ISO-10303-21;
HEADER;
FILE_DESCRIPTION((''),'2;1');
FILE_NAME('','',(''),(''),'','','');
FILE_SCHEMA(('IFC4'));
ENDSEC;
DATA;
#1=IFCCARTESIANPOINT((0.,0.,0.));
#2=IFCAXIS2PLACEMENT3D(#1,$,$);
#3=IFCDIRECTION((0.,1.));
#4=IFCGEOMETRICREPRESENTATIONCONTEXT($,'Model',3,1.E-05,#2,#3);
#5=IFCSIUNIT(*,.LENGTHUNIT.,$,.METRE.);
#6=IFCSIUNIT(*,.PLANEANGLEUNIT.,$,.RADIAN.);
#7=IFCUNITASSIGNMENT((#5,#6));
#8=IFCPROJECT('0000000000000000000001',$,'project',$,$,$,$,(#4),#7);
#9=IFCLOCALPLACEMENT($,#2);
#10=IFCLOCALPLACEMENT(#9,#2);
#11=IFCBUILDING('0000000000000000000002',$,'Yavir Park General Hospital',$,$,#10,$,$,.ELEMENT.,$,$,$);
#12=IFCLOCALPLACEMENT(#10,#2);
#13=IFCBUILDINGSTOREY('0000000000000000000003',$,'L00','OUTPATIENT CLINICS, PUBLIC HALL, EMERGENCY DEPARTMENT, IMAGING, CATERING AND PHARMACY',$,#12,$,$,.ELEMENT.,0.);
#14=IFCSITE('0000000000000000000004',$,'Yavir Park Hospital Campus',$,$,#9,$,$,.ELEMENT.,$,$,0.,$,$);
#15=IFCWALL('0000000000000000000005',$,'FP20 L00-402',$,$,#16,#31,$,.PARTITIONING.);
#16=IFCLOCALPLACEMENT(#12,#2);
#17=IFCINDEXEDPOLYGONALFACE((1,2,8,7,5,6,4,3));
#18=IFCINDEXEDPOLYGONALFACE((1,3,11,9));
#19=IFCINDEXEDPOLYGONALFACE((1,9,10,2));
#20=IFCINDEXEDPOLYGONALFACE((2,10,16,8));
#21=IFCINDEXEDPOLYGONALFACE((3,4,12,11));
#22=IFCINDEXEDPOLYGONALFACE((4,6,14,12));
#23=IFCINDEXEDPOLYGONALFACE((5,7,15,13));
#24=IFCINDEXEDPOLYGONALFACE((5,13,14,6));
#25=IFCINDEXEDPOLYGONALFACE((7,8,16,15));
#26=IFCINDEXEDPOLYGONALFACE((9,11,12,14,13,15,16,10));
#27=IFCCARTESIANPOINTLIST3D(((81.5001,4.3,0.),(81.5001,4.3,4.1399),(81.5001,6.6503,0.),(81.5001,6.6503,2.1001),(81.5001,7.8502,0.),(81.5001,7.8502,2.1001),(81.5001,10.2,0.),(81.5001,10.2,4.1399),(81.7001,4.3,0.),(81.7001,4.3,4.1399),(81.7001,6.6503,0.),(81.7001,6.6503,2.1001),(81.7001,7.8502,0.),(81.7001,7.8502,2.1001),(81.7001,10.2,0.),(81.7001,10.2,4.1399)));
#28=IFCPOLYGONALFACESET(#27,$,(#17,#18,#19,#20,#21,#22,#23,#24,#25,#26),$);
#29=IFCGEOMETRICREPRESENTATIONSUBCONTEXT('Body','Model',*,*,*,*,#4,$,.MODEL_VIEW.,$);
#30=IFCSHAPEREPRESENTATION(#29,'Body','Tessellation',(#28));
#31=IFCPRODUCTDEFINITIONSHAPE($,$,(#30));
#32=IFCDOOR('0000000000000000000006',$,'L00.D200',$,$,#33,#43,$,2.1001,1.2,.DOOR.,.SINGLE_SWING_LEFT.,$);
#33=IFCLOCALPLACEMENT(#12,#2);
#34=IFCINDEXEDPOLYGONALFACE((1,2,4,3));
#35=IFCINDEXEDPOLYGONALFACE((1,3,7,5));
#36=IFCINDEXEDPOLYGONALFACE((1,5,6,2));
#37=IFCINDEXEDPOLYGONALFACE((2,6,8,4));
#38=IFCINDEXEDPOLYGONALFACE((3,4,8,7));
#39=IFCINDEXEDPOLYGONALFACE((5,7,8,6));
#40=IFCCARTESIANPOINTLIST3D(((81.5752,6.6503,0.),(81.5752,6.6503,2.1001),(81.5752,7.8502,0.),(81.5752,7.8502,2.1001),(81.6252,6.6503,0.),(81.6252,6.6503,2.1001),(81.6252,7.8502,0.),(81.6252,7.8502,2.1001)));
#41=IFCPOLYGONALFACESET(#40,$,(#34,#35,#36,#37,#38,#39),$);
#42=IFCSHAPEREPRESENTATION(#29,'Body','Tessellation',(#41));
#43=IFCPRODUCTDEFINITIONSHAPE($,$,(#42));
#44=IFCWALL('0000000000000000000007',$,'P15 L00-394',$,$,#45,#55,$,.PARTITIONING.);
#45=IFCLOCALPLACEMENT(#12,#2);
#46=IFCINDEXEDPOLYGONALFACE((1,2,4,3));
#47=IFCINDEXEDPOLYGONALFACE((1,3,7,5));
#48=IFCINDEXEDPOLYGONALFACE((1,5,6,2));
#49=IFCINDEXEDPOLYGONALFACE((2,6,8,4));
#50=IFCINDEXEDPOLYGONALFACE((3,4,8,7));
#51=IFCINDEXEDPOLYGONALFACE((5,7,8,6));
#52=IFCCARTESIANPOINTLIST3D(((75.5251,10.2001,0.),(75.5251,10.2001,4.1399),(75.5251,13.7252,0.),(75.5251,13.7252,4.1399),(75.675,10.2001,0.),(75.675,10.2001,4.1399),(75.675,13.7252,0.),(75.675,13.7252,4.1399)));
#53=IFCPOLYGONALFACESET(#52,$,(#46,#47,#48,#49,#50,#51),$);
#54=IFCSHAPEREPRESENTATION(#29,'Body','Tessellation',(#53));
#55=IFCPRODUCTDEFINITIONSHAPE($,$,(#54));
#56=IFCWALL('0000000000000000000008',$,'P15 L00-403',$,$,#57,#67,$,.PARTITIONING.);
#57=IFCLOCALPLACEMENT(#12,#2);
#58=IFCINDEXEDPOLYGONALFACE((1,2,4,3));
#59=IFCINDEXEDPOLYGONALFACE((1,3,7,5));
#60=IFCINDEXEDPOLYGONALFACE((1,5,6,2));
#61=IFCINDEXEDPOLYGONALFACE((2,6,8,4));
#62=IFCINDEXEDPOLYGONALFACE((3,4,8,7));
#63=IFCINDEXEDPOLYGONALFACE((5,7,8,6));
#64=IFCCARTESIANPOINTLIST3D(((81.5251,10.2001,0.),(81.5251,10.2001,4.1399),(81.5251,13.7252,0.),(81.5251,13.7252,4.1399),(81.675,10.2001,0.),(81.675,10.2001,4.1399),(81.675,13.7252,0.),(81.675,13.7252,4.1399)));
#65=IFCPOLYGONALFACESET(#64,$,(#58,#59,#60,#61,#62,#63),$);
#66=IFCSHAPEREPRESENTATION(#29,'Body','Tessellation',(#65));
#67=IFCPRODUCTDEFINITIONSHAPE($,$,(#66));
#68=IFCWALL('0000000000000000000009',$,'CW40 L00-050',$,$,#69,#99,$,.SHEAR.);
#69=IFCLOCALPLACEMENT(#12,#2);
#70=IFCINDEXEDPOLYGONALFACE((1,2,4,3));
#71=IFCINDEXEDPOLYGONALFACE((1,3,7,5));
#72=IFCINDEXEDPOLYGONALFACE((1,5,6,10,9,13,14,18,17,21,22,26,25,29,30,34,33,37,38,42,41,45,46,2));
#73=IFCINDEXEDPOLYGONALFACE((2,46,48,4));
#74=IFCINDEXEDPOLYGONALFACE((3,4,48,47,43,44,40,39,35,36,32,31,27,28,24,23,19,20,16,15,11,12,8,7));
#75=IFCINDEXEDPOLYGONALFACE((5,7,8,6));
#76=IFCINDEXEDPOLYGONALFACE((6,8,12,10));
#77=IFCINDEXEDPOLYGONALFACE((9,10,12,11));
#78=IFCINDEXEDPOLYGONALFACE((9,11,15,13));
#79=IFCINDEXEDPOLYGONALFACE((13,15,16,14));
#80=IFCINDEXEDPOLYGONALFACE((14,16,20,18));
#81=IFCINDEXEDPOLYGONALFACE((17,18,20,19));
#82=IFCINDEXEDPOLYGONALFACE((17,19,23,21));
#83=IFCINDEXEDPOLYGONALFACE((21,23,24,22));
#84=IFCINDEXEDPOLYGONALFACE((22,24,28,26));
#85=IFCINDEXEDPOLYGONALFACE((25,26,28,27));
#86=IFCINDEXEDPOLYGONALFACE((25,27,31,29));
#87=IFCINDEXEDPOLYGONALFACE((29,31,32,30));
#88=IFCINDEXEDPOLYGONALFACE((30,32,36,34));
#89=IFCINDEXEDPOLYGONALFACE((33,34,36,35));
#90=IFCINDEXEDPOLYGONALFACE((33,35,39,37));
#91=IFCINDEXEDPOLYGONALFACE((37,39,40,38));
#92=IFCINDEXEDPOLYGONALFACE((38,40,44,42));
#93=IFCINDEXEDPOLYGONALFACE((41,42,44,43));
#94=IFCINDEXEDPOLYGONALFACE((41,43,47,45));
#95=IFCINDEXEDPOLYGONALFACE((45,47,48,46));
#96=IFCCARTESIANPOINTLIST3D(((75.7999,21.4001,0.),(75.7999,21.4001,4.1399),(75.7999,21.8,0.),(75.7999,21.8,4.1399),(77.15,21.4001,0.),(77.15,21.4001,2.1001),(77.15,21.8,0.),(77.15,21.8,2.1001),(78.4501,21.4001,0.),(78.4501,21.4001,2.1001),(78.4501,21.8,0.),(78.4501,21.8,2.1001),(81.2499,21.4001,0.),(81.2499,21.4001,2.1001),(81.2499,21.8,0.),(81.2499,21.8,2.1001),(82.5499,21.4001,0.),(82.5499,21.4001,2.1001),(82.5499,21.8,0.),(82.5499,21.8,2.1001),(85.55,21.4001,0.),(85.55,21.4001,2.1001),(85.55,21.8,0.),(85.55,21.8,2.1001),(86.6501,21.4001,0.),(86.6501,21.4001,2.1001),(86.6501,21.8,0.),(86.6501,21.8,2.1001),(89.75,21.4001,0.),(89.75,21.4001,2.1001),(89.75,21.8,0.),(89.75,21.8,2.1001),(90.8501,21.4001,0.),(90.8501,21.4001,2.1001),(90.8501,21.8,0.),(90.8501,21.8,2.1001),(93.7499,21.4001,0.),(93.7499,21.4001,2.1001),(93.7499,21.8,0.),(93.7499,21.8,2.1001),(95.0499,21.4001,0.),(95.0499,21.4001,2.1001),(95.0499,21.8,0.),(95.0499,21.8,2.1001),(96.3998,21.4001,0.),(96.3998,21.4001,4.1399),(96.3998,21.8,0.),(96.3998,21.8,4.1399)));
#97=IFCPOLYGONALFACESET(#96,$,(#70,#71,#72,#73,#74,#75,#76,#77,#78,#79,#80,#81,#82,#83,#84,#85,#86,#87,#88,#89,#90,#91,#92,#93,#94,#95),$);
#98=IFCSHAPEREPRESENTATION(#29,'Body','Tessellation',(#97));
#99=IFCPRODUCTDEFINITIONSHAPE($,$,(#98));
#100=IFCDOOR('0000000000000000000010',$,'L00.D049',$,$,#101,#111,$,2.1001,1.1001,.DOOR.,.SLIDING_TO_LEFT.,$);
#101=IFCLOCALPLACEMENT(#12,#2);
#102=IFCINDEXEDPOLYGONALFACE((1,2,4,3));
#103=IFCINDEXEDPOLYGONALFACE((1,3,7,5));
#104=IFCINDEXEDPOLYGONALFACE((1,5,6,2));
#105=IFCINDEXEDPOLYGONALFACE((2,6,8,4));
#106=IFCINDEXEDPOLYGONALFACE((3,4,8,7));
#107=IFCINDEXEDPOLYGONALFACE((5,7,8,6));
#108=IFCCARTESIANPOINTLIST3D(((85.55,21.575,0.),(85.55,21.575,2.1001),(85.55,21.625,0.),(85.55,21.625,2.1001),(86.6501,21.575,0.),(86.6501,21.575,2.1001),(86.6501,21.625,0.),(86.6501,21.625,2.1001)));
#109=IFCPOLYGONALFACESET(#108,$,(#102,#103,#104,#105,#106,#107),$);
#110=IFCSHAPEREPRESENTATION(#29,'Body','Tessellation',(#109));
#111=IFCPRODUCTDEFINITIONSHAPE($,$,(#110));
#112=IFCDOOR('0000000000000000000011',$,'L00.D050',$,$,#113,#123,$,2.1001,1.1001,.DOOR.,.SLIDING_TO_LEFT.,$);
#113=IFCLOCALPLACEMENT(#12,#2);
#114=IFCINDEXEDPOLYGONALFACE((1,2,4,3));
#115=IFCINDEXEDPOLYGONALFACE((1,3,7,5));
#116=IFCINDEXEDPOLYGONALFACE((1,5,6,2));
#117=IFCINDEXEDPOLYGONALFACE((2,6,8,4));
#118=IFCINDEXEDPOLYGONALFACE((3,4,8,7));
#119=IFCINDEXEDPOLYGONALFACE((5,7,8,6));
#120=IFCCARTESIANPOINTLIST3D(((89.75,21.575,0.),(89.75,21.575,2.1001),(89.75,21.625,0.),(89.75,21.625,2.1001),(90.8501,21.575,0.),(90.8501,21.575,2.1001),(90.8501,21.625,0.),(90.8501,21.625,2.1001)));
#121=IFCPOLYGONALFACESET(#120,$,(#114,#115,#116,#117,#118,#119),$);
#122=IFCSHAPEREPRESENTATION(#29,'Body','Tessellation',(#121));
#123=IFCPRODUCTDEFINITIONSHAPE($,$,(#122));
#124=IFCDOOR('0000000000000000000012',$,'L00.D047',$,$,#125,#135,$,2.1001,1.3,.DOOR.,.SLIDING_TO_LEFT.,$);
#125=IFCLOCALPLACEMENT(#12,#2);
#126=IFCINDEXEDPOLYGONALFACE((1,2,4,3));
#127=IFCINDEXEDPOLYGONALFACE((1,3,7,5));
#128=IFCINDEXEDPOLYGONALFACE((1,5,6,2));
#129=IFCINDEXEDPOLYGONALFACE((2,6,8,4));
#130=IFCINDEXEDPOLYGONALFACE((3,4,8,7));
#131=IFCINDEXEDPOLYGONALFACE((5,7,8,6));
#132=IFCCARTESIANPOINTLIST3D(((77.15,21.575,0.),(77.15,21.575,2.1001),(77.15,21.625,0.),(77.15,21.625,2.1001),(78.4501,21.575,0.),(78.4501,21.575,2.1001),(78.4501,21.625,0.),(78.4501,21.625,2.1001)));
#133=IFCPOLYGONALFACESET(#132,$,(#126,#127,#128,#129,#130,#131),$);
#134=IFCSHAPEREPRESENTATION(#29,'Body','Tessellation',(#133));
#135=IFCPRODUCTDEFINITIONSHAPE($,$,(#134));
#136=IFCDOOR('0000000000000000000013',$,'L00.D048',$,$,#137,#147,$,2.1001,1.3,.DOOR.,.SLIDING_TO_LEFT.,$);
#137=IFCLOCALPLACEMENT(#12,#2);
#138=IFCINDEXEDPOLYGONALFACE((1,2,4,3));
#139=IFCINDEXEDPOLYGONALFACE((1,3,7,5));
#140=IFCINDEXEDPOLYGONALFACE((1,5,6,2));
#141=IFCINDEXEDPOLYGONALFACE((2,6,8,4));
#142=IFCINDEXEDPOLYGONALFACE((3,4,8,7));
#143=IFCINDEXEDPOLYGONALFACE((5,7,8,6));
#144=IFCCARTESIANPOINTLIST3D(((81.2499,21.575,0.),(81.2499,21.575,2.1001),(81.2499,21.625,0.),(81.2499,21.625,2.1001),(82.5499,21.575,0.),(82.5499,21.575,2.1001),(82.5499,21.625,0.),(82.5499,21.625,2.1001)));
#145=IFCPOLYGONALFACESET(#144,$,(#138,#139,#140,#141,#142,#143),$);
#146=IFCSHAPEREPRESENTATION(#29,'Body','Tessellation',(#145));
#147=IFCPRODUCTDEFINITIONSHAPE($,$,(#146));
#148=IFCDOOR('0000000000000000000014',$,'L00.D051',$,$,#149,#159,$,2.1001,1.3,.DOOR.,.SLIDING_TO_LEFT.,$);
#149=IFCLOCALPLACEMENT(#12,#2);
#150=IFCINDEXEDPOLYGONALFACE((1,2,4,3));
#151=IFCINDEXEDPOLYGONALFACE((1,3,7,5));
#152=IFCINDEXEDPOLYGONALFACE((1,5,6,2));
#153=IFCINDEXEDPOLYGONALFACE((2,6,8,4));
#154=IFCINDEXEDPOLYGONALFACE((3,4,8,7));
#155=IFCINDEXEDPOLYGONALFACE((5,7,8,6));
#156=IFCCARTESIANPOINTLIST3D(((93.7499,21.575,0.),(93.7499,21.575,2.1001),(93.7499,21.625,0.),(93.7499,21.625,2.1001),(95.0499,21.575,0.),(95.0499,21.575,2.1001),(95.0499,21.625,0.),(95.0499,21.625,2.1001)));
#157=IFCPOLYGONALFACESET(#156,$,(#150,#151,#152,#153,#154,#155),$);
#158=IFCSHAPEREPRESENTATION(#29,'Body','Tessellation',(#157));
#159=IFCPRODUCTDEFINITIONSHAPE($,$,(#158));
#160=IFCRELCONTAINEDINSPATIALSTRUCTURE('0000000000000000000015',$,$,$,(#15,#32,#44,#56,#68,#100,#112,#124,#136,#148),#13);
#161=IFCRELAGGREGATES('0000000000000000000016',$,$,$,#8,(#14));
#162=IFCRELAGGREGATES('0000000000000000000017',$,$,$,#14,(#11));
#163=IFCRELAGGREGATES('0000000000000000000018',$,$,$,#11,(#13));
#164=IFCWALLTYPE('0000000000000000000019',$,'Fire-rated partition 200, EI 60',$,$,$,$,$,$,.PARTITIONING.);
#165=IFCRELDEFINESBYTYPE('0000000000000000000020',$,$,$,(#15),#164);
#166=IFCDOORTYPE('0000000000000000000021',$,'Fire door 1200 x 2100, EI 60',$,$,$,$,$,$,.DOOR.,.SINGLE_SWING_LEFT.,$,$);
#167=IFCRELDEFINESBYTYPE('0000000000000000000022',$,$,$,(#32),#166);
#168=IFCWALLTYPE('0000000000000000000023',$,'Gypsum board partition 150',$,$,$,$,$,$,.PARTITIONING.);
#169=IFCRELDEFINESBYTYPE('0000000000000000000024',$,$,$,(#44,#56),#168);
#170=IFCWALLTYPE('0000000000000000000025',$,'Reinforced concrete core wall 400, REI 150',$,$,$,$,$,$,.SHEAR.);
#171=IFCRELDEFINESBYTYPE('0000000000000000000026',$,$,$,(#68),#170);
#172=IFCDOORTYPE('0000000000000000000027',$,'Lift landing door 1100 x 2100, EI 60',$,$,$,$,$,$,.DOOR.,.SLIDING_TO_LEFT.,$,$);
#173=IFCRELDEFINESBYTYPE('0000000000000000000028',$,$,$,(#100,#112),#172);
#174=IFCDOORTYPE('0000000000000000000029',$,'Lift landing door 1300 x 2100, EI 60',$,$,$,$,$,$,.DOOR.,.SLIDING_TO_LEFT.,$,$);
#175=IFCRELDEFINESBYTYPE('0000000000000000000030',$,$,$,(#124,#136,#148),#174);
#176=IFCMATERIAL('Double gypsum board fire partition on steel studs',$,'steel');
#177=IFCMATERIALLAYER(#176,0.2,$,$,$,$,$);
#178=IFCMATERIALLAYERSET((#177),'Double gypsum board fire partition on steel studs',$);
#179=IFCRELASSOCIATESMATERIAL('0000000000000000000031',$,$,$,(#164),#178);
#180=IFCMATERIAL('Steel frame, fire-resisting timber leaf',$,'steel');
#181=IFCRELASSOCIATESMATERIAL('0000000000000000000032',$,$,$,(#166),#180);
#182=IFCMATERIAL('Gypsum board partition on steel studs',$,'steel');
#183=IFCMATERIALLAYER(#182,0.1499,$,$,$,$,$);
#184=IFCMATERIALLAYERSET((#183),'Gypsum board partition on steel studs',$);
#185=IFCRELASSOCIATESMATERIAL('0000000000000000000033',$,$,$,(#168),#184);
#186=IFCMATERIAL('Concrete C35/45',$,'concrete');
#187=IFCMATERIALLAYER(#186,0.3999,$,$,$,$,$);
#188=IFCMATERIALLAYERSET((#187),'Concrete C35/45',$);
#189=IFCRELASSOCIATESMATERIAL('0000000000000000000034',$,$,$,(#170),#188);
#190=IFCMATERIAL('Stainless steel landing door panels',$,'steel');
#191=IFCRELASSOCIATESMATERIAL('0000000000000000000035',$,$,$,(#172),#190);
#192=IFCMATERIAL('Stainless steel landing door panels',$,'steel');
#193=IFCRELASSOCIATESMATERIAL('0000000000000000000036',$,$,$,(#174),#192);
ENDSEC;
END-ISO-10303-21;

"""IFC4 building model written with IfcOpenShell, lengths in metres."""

from ifc_helpers import new_model, si_unit, direction, frame, frame_2d, origin, place, context, subcontext, project, spatial, rectangle, extrude, material, layer, layer_set, type_object, element, fill, save


model = new_model("IFC4")

# Units and contexts
model_context = context("Model", 3, precision=1e-05, world=origin(), true_north=direction((0.0, 1.0)))
body_context = subcontext(model_context, "Body", "Model", "MODEL_VIEW")
ifc_project = project(units=[si_unit("LENGTHUNIT", "METRE"), si_unit("PLANEANGLEUNIT", "RADIAN")], contexts=[model_context])

# Site, building, storey
site_placement = place(None, origin())
site = spatial("IfcSite", under=ifc_project, at=site_placement, Name="Yavir Park Hospital Campus", CompositionType="ELEMENT", RefElevation=0.0)
building_placement = place(site_placement, origin())
building = spatial("IfcBuilding", under=site, at=building_placement, Name="Yavir Park General Hospital", CompositionType="ELEMENT")
storey_placement = place(building_placement, origin())
storey = spatial("IfcBuildingStorey", under=building, at=storey_placement, Name="L00", Description="OUTPATIENT CLINICS, PUBLIC HALL, EMERGENCY DEPARTMENT, IMAGING, CATERING AND PHARMACY", CompositionType="ELEMENT", Elevation=0.0)

# Shared definitions
ifc_material_1 = material(Name="Double gypsum board fire partition on steel studs", Category="steel")
ifc_layer_1 = layer(ifc_material_1, 0.2)
ifc_layer_set_1 = layer_set([ifc_layer_1], Name="Double gypsum board fire partition on steel studs")
wall_type_1 = type_object("IfcWallType", Name="Fire-rated partition 200, EI 60", PredefinedType="PARTITIONING", material=ifc_layer_set_1)

# Shared definitions
ifc_material_2 = material(Name="Steel frame, fire-resisting timber leaf", Category="steel")
door_type_1 = type_object("IfcDoorType", Name="Fire door 1200 x 2100, EI 60", OperationType="SINGLE_SWING_LEFT", PredefinedType="DOOR", material=ifc_material_2)

# Wall, opening, door
wall_1_placement = place(storey_placement, frame((81.6001, 4.3, 0.0), z_axis=(0.0, 0.0, 1.0), x_axis=(0.0, 1.0, 0.0)))
wall_1 = element("IfcWall", 1, at=wall_1_placement, inside=storey, type_object=wall_type_1, Name="FP20 L00-402", PredefinedType="PARTITIONING", context=body_context, shape_type="SweptSolid", body=[
    extrude(rectangle(XDim=5.8999, YDim=0.2, at=frame_2d((2.95, 0.0))), origin(), (0.0, 0.0, 1.0), 4.1399),
])
opening_1_placement = place(wall_1_placement, frame((2.3501, 0.0, 0.0)))
opening_1 = element("IfcOpeningElement", 2, at=opening_1_placement, cuts=wall_1, PredefinedType="OPENING", context=body_context, shape_type="SweptSolid", body=[
    extrude(rectangle(XDim=1.2, YDim=2.1001, at=frame_2d((0.6001, 1.05))), frame((0.0, 0.1099, 0.0), z_axis=(0.0, -1.0, 0.0), x_axis=(1.0, 0.0, 0.0)), (0.0, 0.0, 1.0), 0.22),
])
door_1_placement = place(opening_1_placement, origin())
door_1 = element("IfcDoor", 3, at=door_1_placement, inside=storey, type_object=door_type_1, Name="L00.D200", OperationType="SINGLE_SWING_LEFT", OverallHeight=2.1001, OverallWidth=1.2, PredefinedType="DOOR", context=body_context, shape_type="SweptSolid", body=[
    extrude(rectangle(XDim=1.2, YDim=2.1001, at=frame_2d((0.6001, 1.05))), frame((0.0, 0.0249, 0.0), z_axis=(0.0, -1.0, 0.0), x_axis=(1.0, 0.0, 0.0)), (0.0, 0.0, 1.0), 0.05),
])
fill(opening_1, door_1)

# Shared definitions
ifc_material_3 = material(Name="Gypsum board partition on steel studs", Category="steel")
ifc_layer_2 = layer(ifc_material_3, 0.1499)
ifc_layer_set_2 = layer_set([ifc_layer_2], Name="Gypsum board partition on steel studs")
wall_type_2 = type_object("IfcWallType", Name="Gypsum board partition 150", PredefinedType="PARTITIONING", material=ifc_layer_set_2)

# Walls
for number, where, z_axis, x_axis, name in (
    (4, (75.6001, 10.2, 0.0), (0.0, 0.0, 1.0), (0.0, 1.0, 0.0), "P15 L00-394"),
    (5, (81.6001, 10.2, 0.0), (0.0, 0.0, 1.0), (0.0, 1.0, 0.0), "P15 L00-403"),
):
    element("IfcWall", number, at=place(storey_placement, frame(where, z_axis=z_axis, x_axis=x_axis)), inside=storey, type_object=wall_type_2, Name=name, PredefinedType="PARTITIONING", context=body_context, shape_type="SweptSolid", body=[
        extrude(rectangle(XDim=3.5251, YDim=0.1499, at=frame_2d((1.7627, 0.0))), origin(), (0.0, 0.0, 1.0), 4.1399),
    ])

# Wall, openings, doors
ifc_material_4 = material(Name="Concrete C35/45", Category="concrete")
ifc_layer_3 = layer(ifc_material_4, 0.3999)
ifc_layer_set_3 = layer_set([ifc_layer_3], Name="Concrete C35/45")
wall_type_3 = type_object("IfcWallType", Name="Reinforced concrete core wall 400, REI 150", PredefinedType="SHEAR", material=ifc_layer_set_3)
wall_2_placement = place(storey_placement, frame((75.8, 21.6001, 0.0), z_axis=(0.0, 0.0, 1.0), x_axis=(1.0, 0.0, 0.0)))
wall_2 = element("IfcWall", 6, at=wall_2_placement, inside=storey, type_object=wall_type_3, Name="CW40 L00-050", PredefinedType="SHEAR", context=body_context, shape_type="SweptSolid", body=[
    extrude(rectangle(XDim=20.5999, YDim=0.3999, at=frame_2d((10.2998, 0.0))), origin(), (0.0, 0.0, 1.0), 4.1399),
])
opening_2_placement = place(wall_2_placement, frame((1.3501, 0.0, 0.0)))
opening_2 = element("IfcOpeningElement", 7, at=opening_2_placement, cuts=wall_2, PredefinedType="OPENING", context=body_context, shape_type="SweptSolid", body=[
    extrude(rectangle(XDim=1.3, YDim=2.1001, at=frame_2d((0.6499, 1.05))), frame((0.0, 0.21, 0.0), z_axis=(0.0, -1.0, 0.0), x_axis=(1.0, 0.0, 0.0)), (0.0, 0.0, 1.0), 0.4199),
])
opening_3_placement = place(wall_2_placement, frame((5.45, 0.0, 0.0)))
opening_3 = element("IfcOpeningElement", 8, at=opening_3_placement, cuts=wall_2, PredefinedType="OPENING", context=body_context, shape_type="SweptSolid", body=[
    extrude(rectangle(XDim=1.3, YDim=2.1001, at=frame_2d((0.6499, 1.05))), frame((0.0, 0.21, 0.0), z_axis=(0.0, -1.0, 0.0), x_axis=(1.0, 0.0, 0.0)), (0.0, 0.0, 1.0), 0.4199),
])
opening_4_placement = place(wall_2_placement, frame((9.75, 0.0, 0.0)))
opening_4 = element("IfcOpeningElement", 9, at=opening_4_placement, cuts=wall_2, PredefinedType="OPENING", context=body_context, shape_type="SweptSolid", body=[
    extrude(rectangle(XDim=1.1001, YDim=2.1001, at=frame_2d((0.55, 1.05))), frame((0.0, 0.21, 0.0), z_axis=(0.0, -1.0, 0.0), x_axis=(1.0, 0.0, 0.0)), (0.0, 0.0, 1.0), 0.4199),
])
opening_5_placement = place(wall_2_placement, frame((13.95, 0.0, 0.0)))
opening_5 = element("IfcOpeningElement", 10, at=opening_5_placement, cuts=wall_2, PredefinedType="OPENING", context=body_context, shape_type="SweptSolid", body=[
    extrude(rectangle(XDim=1.1001, YDim=2.1001, at=frame_2d((0.55, 1.05))), frame((0.0, 0.21, 0.0), z_axis=(0.0, -1.0, 0.0), x_axis=(1.0, 0.0, 0.0)), (0.0, 0.0, 1.0), 0.4199),
])
opening_6_placement = place(wall_2_placement, frame((17.95, 0.0, 0.0)))
opening_6 = element("IfcOpeningElement", 11, at=opening_6_placement, cuts=wall_2, PredefinedType="OPENING", context=body_context, shape_type="SweptSolid", body=[
    extrude(rectangle(XDim=1.3, YDim=2.1001, at=frame_2d((0.6499, 1.05))), frame((0.0, 0.21, 0.0), z_axis=(0.0, -1.0, 0.0), x_axis=(1.0, 0.0, 0.0)), (0.0, 0.0, 1.0), 0.4199),
])
ifc_material_5 = material(Name="Stainless steel landing door panels", Category="steel")
door_type_2 = type_object("IfcDoorType", Name="Lift landing door 1100 x 2100, EI 60", OperationType="SLIDING_TO_LEFT", PredefinedType="DOOR", material=ifc_material_5)
door_2_placement = place(opening_4_placement, origin())
door_2 = element("IfcDoor", 12, at=door_2_placement, inside=storey, type_object=door_type_2, Name="L00.D049", OperationType="SLIDING_TO_LEFT", OverallHeight=2.1001, OverallWidth=1.1001, PredefinedType="DOOR", context=body_context, shape_type="SweptSolid", body=[
    extrude(rectangle(XDim=1.1001, YDim=2.1001, at=frame_2d((0.55, 1.05))), frame((0.0, 0.0249, 0.0), z_axis=(0.0, -1.0, 0.0), x_axis=(1.0, 0.0, 0.0)), (0.0, 0.0, 1.0), 0.05),
])
fill(opening_4, door_2)
door_3_placement = place(opening_5_placement, origin())
door_3 = element("IfcDoor", 13, at=door_3_placement, inside=storey, type_object=door_type_2, Name="L00.D050", OperationType="SLIDING_TO_LEFT", OverallHeight=2.1001, OverallWidth=1.1001, PredefinedType="DOOR", context=body_context, shape_type="SweptSolid", body=[
    extrude(rectangle(XDim=1.1001, YDim=2.1001, at=frame_2d((0.55, 1.05))), frame((0.0, 0.0249, 0.0), z_axis=(0.0, -1.0, 0.0), x_axis=(1.0, 0.0, 0.0)), (0.0, 0.0, 1.0), 0.05),
])
fill(opening_5, door_3)
ifc_material_6 = material(Name="Stainless steel landing door panels", Category="steel")
door_type_3 = type_object("IfcDoorType", Name="Lift landing door 1300 x 2100, EI 60", OperationType="SLIDING_TO_LEFT", PredefinedType="DOOR", material=ifc_material_6)
door_4_placement = place(opening_2_placement, origin())
door_4 = element("IfcDoor", 14, at=door_4_placement, inside=storey, type_object=door_type_3, Name="L00.D047", OperationType="SLIDING_TO_LEFT", OverallHeight=2.1001, OverallWidth=1.3, PredefinedType="DOOR", context=body_context, shape_type="SweptSolid", body=[
    extrude(rectangle(XDim=1.3, YDim=2.1001, at=frame_2d((0.6499, 1.05))), frame((0.0, 0.0249, 0.0), z_axis=(0.0, -1.0, 0.0), x_axis=(1.0, 0.0, 0.0)), (0.0, 0.0, 1.0), 0.05),
])
fill(opening_2, door_4)
door_5_placement = place(opening_3_placement, origin())
door_5 = element("IfcDoor", 15, at=door_5_placement, inside=storey, type_object=door_type_3, Name="L00.D048", OperationType="SLIDING_TO_LEFT", OverallHeight=2.1001, OverallWidth=1.3, PredefinedType="DOOR", context=body_context, shape_type="SweptSolid", body=[
    extrude(rectangle(XDim=1.3, YDim=2.1001, at=frame_2d((0.6499, 1.05))), frame((0.0, 0.0249, 0.0), z_axis=(0.0, -1.0, 0.0), x_axis=(1.0, 0.0, 0.0)), (0.0, 0.0, 1.0), 0.05),
])
fill(opening_3, door_5)
door_6_placement = place(opening_6_placement, origin())
door_6 = element("IfcDoor", 16, at=door_6_placement, inside=storey, type_object=door_type_3, Name="L00.D051", OperationType="SLIDING_TO_LEFT", OverallHeight=2.1001, OverallWidth=1.3, PredefinedType="DOOR", context=body_context, shape_type="SweptSolid", body=[
    extrude(rectangle(XDim=1.3, YDim=2.1001, at=frame_2d((0.6499, 1.05))), frame((0.0, 0.0249, 0.0), z_axis=(0.0, -1.0, 0.0), x_axis=(1.0, 0.0, 0.0)), (0.0, 0.0, 1.0), 0.05),
])
fill(opening_6, door_6)

save(model, "model.ifc")
